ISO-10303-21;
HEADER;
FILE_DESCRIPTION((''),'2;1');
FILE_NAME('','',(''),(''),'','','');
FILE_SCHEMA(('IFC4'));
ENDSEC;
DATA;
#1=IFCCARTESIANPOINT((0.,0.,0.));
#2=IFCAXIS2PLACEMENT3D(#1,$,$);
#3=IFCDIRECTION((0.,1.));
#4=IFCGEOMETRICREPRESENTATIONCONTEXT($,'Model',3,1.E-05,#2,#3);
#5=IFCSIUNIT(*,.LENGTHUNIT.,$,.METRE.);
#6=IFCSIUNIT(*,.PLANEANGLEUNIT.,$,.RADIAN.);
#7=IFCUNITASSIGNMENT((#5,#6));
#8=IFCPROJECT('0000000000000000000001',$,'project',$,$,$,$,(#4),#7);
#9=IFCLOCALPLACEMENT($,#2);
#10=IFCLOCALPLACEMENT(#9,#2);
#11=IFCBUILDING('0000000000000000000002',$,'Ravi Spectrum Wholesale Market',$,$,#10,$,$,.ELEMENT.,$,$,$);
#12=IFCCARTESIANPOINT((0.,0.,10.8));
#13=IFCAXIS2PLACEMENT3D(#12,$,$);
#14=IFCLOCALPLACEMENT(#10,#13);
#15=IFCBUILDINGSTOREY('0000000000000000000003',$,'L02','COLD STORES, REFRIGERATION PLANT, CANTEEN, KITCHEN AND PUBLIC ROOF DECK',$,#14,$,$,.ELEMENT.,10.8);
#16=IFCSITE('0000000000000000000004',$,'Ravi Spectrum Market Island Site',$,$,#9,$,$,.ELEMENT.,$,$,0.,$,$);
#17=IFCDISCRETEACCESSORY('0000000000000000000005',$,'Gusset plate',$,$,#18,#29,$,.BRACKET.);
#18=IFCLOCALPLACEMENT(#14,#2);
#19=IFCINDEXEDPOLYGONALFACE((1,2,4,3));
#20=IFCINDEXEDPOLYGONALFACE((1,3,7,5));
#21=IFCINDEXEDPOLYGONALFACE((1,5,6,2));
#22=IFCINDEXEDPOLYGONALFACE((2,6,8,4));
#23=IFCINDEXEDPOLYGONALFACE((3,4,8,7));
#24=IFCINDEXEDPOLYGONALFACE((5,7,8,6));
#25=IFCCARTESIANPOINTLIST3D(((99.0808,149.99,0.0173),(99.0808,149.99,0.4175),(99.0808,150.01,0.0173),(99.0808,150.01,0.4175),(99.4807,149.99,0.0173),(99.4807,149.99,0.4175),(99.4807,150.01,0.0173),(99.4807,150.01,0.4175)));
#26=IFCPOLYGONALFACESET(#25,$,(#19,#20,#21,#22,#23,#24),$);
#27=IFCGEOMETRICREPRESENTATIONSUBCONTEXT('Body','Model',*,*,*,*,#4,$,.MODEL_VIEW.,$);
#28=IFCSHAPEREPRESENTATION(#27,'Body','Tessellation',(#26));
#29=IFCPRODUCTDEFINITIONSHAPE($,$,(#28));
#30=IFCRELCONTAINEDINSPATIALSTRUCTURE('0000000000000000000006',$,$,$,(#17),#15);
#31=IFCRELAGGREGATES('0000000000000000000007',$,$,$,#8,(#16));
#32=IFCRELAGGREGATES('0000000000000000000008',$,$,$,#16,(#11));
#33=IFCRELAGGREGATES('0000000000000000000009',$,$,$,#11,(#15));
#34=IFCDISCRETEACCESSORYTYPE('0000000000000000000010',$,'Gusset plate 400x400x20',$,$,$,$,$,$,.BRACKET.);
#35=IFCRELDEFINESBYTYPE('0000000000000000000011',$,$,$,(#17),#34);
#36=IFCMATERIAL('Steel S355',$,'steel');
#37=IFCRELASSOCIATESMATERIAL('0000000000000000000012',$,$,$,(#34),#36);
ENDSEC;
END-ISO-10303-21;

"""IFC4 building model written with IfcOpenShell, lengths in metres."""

from ifc_helpers import new_model, si_unit, direction, frame, origin, origin_2d, place, context, subcontext, project, spatial, rectangle, extrude, material, material_profile, profile_set, type_object, element, save


model = new_model("IFC4")

# Units and contexts
model_context = context("Model", 3, precision=1e-05, world=origin(), true_north=direction((0.0, 1.0)))
body_context = subcontext(model_context, "Body", "Model", "MODEL_VIEW")
ifc_project = project(units=[si_unit("LENGTHUNIT", "METRE"), si_unit("PLANEANGLEUNIT", "RADIAN")], contexts=[model_context])

# Site, building, storey
site_placement = place(None, origin())
site = spatial("IfcSite", under=ifc_project, at=site_placement, Name="Ravi Spectrum Market Island Site", CompositionType="ELEMENT", RefElevation=0.0)
building_placement = place(site_placement, origin())
building = spatial("IfcBuilding", under=site, at=building_placement, Name="Ravi Spectrum Wholesale Market", CompositionType="ELEMENT")
storey_placement = place(building_placement, frame((0.0, 0.0, 10.8)))
storey = spatial("IfcBuildingStorey", under=building, at=storey_placement, Name="L02", Description="COLD STORES, REFRIGERATION PLANT, CANTEEN, KITCHEN AND PUBLIC ROOF DECK", CompositionType="ELEMENT", Elevation=10.8)

# Discrete accessory
ifc_material_1 = material(Name="Steel S355", Category="steel")
ifc_material_profile_1 = material_profile(ifc_material_1, rectangle(XDim=0.3999, YDim=0.02, at=origin_2d()))
ifc_profile_set_1 = profile_set([ifc_material_profile_1], Name="Steel S355")
discrete_accessory_type_1 = type_object("IfcDiscreteAccessoryType", Name="Gusset plate 400x400x20", PredefinedType="BRACKET", material=ifc_profile_set_1)
discrete_accessory_1_placement = place(storey_placement, frame((99.2808, 150.0, 0.0173), z_axis=(0.0, 0.0, 1.0), x_axis=(-1.0, 0.0, 0.0)))
element("IfcDiscreteAccessory", 1, at=discrete_accessory_1_placement, inside=storey, type_object=discrete_accessory_type_1, Name="Gusset plate", PredefinedType="BRACKET", context=body_context, shape_type="SweptSolid", body=[
    extrude(rectangle(XDim=0.3999, YDim=0.02, at=origin_2d()), origin(), (0.0, 0.0, 1.0), 0.4001),
])

save(model, "model.ifc")
